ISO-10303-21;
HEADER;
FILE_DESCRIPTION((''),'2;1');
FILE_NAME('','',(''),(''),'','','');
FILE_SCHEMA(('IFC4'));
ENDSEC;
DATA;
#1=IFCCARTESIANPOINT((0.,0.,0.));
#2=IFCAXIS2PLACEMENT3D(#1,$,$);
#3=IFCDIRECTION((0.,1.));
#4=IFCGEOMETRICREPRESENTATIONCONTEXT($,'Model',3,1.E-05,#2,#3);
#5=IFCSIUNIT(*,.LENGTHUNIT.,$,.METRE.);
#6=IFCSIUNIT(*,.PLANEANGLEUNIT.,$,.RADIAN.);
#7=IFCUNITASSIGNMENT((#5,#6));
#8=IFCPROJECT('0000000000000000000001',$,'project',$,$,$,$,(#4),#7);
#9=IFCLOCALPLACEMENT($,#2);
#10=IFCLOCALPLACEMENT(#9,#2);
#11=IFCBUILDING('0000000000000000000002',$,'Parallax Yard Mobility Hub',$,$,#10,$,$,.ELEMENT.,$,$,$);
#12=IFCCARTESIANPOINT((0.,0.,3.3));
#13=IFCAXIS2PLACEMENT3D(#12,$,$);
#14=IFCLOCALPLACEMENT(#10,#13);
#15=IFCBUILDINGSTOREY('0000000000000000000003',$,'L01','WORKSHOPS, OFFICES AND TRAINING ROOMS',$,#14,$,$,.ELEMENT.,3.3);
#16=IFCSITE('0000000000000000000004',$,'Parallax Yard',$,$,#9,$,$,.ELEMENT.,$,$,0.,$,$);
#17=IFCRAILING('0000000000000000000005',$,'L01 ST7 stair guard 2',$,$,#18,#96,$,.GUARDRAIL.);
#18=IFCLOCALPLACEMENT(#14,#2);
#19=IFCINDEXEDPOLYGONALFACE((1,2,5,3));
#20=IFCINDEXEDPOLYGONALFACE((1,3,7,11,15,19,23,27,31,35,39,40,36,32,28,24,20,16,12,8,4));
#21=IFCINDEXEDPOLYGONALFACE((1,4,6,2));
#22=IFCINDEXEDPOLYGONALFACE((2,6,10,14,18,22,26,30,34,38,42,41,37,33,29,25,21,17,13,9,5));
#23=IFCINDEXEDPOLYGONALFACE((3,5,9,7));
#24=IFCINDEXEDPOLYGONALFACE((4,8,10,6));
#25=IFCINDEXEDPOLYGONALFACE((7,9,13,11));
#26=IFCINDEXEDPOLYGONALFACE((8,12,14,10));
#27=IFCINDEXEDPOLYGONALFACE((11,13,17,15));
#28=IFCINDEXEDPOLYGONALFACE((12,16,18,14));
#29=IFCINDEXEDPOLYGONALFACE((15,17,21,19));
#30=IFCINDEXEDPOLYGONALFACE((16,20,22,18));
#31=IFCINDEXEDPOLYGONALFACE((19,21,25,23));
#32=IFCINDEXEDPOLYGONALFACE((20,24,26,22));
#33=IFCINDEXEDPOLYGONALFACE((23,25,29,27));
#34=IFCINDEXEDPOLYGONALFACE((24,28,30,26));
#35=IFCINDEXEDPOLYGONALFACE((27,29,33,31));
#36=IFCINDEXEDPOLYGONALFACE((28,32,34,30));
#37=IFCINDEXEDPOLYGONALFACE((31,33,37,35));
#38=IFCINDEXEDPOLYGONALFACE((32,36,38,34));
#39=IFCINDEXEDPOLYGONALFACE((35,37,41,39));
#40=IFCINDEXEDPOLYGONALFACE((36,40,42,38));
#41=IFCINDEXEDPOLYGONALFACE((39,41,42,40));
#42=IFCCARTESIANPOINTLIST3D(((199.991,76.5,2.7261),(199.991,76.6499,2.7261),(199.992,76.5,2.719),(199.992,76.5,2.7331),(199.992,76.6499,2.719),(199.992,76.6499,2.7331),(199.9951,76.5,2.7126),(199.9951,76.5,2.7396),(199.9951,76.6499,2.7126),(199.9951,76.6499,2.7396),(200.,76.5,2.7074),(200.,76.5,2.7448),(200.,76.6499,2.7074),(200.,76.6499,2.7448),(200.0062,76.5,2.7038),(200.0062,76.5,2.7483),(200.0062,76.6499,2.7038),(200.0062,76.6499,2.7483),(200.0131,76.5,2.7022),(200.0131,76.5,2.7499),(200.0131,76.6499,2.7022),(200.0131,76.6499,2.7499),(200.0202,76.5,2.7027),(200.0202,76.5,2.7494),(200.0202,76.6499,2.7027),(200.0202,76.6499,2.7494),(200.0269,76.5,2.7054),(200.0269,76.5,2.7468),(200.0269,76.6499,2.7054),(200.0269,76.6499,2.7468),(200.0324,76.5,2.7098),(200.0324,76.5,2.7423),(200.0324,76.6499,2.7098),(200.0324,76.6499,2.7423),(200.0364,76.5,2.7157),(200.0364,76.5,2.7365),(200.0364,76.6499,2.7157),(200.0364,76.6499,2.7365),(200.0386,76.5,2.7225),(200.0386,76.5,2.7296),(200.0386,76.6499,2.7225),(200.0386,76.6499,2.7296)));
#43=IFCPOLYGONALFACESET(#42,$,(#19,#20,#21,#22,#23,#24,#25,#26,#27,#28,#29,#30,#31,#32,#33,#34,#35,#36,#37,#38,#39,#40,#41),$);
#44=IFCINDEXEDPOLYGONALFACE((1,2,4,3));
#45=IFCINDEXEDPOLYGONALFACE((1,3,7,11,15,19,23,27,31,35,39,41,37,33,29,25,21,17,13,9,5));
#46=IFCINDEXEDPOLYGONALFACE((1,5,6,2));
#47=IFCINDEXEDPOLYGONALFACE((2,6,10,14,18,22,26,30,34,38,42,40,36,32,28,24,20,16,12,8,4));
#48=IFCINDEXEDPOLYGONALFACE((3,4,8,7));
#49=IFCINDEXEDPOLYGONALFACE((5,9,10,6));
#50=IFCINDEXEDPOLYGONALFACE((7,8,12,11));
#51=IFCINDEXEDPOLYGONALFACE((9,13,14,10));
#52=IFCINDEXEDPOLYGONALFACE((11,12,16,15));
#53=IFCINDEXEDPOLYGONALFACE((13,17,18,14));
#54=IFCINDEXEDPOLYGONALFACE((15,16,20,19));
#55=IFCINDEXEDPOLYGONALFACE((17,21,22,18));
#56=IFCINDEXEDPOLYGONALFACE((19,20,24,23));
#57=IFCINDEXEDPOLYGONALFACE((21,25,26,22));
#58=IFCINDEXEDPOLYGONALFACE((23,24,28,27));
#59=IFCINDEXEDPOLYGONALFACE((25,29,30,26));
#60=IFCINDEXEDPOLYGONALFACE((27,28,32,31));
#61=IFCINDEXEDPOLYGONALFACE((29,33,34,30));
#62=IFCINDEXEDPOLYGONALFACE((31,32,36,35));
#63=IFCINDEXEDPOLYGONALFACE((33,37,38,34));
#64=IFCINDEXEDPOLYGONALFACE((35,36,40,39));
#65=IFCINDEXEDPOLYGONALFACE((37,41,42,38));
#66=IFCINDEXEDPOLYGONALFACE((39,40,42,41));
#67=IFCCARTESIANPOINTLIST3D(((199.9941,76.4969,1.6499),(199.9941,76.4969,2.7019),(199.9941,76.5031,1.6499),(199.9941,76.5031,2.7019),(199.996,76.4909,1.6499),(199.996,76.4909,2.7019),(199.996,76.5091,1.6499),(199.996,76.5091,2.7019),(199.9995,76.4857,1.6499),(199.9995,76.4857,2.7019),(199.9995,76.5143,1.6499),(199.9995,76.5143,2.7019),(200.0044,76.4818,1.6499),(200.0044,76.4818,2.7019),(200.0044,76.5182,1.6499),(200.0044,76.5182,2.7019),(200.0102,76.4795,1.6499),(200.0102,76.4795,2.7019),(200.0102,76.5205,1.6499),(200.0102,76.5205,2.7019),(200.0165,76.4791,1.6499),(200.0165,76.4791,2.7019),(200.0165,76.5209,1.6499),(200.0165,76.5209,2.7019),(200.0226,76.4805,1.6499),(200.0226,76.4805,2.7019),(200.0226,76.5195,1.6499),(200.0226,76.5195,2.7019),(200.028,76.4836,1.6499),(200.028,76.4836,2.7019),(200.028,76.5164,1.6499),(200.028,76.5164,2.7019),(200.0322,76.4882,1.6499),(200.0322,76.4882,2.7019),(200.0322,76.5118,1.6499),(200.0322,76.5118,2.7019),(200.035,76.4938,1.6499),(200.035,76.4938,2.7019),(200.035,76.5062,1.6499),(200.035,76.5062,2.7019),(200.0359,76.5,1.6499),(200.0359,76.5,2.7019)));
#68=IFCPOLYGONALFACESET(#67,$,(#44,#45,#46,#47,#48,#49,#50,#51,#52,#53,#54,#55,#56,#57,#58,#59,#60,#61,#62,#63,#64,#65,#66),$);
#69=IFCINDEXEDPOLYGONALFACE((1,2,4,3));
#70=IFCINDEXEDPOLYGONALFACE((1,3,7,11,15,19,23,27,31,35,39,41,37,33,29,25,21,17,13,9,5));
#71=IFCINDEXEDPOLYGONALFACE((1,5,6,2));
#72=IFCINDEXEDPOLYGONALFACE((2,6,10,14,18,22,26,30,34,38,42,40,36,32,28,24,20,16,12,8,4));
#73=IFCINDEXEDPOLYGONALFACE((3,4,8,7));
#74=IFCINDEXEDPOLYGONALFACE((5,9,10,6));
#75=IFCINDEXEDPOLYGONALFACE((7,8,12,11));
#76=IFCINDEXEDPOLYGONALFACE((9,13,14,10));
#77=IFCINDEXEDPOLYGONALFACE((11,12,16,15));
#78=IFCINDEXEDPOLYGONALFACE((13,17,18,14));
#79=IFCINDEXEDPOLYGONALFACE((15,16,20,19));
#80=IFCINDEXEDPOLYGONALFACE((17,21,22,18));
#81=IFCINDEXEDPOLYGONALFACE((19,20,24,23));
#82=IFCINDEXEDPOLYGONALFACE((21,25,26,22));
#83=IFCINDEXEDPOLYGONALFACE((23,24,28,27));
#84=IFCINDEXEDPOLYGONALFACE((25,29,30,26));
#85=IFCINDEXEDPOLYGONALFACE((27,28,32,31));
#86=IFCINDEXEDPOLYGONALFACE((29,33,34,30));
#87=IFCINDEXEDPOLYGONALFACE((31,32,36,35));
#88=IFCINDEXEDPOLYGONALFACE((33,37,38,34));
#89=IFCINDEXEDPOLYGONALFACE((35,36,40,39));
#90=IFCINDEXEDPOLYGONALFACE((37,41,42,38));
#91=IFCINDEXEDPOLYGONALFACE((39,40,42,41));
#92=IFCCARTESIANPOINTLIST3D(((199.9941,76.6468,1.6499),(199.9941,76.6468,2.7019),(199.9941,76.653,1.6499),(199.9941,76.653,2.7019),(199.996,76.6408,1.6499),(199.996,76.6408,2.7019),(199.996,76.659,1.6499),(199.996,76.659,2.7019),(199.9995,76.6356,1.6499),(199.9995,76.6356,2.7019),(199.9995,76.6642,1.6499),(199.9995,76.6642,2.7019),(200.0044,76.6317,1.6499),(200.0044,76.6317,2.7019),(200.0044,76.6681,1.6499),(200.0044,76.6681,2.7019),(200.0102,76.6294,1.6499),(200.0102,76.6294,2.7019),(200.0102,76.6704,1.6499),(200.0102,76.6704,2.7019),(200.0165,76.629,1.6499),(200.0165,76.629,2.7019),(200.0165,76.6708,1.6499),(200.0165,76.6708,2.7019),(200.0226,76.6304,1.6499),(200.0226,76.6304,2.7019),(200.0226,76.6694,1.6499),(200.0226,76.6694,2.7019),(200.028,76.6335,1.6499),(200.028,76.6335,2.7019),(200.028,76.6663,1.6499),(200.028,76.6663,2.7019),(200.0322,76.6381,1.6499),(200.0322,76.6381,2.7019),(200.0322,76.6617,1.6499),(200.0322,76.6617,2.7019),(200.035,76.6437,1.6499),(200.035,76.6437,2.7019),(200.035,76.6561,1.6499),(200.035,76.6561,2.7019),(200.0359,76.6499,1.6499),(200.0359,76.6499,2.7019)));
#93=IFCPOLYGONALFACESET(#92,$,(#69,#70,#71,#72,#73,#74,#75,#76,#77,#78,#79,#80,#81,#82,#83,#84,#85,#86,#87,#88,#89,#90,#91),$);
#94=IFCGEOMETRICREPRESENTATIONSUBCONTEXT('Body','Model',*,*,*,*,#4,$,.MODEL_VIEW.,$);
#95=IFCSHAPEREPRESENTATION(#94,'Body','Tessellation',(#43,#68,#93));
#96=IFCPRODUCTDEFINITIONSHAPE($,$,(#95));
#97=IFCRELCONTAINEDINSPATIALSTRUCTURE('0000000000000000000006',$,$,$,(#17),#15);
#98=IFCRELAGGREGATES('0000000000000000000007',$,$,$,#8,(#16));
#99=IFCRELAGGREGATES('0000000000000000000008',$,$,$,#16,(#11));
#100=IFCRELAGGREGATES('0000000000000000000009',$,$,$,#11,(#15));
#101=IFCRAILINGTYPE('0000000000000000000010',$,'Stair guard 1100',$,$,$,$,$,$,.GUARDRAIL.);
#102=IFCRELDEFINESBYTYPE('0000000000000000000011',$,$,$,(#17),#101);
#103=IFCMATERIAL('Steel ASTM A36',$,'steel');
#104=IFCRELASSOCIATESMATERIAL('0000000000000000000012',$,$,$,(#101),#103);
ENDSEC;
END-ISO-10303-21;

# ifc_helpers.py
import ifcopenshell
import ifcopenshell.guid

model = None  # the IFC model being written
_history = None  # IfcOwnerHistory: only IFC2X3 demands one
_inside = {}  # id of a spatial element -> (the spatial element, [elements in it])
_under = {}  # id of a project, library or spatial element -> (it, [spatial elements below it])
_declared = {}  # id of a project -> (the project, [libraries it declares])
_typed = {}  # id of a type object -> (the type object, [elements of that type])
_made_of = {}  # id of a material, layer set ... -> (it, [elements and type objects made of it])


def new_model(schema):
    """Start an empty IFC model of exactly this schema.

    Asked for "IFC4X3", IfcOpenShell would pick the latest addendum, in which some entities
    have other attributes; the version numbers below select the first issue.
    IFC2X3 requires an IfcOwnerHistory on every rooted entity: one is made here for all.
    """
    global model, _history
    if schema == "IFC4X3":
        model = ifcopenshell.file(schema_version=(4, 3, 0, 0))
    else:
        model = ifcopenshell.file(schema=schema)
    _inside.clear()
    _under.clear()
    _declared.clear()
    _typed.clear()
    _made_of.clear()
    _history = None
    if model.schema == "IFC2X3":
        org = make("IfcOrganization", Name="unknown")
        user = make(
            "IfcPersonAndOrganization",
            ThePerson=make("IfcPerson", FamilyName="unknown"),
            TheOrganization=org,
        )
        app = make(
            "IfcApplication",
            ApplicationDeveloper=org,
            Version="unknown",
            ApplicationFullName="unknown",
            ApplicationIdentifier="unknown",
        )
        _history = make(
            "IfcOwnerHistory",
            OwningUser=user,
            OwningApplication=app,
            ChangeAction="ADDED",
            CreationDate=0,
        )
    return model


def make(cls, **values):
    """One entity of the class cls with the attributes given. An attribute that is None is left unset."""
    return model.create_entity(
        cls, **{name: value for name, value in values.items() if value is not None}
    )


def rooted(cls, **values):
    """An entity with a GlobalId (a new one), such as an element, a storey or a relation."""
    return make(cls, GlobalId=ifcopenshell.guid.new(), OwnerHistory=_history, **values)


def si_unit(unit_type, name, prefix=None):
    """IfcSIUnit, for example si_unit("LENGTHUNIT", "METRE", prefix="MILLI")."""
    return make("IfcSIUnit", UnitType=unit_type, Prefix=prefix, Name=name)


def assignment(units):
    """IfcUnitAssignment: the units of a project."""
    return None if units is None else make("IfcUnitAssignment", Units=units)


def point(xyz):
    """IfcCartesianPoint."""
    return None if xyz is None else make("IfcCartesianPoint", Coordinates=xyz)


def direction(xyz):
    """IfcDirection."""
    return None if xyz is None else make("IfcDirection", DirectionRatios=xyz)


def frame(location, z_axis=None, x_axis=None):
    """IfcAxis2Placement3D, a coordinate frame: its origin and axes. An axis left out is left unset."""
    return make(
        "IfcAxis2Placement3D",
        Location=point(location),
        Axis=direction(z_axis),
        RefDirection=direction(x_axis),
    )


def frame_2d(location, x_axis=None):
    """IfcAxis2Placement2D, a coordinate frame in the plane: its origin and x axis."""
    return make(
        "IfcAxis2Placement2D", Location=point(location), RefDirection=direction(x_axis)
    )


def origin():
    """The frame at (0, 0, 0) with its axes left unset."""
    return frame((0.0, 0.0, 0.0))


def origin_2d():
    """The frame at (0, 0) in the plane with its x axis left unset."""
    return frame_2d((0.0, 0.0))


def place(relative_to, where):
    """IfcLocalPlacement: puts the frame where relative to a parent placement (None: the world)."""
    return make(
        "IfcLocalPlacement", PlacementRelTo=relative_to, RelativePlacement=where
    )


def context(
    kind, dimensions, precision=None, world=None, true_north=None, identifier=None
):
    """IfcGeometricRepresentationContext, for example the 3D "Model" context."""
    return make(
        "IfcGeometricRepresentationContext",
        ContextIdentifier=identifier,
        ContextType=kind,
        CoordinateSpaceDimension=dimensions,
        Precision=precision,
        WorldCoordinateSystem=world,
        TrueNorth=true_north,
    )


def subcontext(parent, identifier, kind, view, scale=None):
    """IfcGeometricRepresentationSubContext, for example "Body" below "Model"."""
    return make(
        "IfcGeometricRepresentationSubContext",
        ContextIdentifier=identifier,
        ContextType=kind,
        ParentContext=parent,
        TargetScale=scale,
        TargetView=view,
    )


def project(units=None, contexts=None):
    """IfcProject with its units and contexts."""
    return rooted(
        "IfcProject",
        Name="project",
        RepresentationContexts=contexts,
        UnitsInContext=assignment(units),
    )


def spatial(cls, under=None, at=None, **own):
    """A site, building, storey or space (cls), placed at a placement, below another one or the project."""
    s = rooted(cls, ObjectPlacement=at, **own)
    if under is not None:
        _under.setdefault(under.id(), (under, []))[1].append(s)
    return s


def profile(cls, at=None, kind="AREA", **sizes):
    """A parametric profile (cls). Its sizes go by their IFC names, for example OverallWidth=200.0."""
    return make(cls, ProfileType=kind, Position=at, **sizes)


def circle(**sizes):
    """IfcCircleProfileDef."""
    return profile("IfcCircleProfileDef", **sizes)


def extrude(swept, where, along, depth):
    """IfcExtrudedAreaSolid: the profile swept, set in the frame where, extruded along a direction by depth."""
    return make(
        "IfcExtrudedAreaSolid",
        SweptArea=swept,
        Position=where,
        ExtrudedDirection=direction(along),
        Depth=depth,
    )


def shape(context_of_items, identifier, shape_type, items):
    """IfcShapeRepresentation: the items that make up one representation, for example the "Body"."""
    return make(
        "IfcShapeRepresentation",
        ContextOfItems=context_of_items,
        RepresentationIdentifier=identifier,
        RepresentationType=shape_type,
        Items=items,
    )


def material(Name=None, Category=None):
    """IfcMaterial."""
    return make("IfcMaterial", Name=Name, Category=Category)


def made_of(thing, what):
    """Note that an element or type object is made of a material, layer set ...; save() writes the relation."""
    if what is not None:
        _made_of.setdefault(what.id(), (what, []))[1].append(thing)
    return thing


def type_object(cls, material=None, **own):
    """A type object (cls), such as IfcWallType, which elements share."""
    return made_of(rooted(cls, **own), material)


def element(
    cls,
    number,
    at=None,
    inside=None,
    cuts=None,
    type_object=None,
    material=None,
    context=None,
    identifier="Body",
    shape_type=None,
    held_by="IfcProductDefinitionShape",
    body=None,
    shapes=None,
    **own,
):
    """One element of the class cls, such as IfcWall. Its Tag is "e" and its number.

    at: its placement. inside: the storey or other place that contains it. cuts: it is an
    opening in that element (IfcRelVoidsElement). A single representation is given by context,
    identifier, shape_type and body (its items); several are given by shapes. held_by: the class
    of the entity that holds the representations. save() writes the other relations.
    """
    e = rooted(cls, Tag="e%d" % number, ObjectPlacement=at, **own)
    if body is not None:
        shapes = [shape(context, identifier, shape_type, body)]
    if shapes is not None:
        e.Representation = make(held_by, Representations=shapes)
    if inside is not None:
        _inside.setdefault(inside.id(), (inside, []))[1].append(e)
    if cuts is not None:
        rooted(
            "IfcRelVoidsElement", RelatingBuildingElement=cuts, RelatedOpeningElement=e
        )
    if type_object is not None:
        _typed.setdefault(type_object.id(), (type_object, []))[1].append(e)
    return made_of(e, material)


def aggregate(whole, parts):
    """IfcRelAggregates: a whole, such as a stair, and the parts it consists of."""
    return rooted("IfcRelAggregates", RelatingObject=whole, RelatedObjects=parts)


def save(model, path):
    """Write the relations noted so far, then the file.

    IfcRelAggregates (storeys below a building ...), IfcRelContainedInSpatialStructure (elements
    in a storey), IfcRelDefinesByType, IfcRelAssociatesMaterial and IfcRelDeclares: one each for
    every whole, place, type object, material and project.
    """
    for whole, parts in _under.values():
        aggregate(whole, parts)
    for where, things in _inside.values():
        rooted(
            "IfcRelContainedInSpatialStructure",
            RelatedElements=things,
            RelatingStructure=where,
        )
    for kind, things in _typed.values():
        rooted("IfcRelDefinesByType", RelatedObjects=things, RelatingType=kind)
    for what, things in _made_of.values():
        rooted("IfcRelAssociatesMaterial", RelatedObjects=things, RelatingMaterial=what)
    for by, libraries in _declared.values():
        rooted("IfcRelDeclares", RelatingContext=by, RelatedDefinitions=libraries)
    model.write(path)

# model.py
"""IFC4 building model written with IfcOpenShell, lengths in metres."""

from ifc_helpers import new_model, si_unit, direction, frame, origin, origin_2d, place, context, subcontext, project, spatial, circle, extrude, material, type_object, element, save


model = new_model("IFC4")

# Units and contexts
model_context = context("Model", 3, precision=1e-05, world=origin(), true_north=direction((0.0, 1.0)))
body_context = subcontext(model_context, "Body", "Model", "MODEL_VIEW")
ifc_project = project(units=[si_unit("LENGTHUNIT", "METRE"), si_unit("PLANEANGLEUNIT", "RADIAN")], contexts=[model_context])

# Site, building, storey
site_placement = place(None, origin())
site = spatial("IfcSite", under=ifc_project, at=site_placement, Name="Parallax Yard", CompositionType="ELEMENT", RefElevation=0.0)
building_placement = place(site_placement, origin())
building = spatial("IfcBuilding", under=site, at=building_placement, Name="Parallax Yard Mobility Hub", CompositionType="ELEMENT")
storey_placement = place(building_placement, frame((0.0, 0.0, 3.3)))
storey = spatial("IfcBuildingStorey", under=building, at=storey_placement, Name="L01", Description="WORKSHOPS, OFFICES AND TRAINING ROOMS", CompositionType="ELEMENT", Elevation=3.3)

# Railing
ifc_material_1 = material(Name="Steel ASTM A36", Category="steel")
railing_type_1 = type_object("IfcRailingType", Name="Stair guard 1100", PredefinedType="GUARDRAIL", material=ifc_material_1)
railing_1_placement = place(storey_placement, frame((200.0149, 76.5, 1.6499)))
element("IfcRailing", 1, at=railing_1_placement, inside=storey, type_object=railing_type_1, Name="L01 ST7 stair guard 2", PredefinedType="GUARDRAIL", context=body_context, shape_type="SweptSolid", body=[
    extrude(circle(Radius=0.0239, at=origin_2d()), frame((0.0, 0.0, 1.0762), z_axis=(0.0, 1.0, 0.0), x_axis=(-1.0, 0.0, 0.0)), (0.0, 0.0, 1.0), 0.1499),
    extrude(circle(Radius=0.021, at=origin_2d()), origin(), (0.0, 0.0, 1.0), 1.052),
    extrude(circle(Radius=0.021, at=origin_2d()), frame((0.0, 0.1499, 0.0)), (0.0, 0.0, 1.0), 1.052),
])

save(model, "model.ifc")
